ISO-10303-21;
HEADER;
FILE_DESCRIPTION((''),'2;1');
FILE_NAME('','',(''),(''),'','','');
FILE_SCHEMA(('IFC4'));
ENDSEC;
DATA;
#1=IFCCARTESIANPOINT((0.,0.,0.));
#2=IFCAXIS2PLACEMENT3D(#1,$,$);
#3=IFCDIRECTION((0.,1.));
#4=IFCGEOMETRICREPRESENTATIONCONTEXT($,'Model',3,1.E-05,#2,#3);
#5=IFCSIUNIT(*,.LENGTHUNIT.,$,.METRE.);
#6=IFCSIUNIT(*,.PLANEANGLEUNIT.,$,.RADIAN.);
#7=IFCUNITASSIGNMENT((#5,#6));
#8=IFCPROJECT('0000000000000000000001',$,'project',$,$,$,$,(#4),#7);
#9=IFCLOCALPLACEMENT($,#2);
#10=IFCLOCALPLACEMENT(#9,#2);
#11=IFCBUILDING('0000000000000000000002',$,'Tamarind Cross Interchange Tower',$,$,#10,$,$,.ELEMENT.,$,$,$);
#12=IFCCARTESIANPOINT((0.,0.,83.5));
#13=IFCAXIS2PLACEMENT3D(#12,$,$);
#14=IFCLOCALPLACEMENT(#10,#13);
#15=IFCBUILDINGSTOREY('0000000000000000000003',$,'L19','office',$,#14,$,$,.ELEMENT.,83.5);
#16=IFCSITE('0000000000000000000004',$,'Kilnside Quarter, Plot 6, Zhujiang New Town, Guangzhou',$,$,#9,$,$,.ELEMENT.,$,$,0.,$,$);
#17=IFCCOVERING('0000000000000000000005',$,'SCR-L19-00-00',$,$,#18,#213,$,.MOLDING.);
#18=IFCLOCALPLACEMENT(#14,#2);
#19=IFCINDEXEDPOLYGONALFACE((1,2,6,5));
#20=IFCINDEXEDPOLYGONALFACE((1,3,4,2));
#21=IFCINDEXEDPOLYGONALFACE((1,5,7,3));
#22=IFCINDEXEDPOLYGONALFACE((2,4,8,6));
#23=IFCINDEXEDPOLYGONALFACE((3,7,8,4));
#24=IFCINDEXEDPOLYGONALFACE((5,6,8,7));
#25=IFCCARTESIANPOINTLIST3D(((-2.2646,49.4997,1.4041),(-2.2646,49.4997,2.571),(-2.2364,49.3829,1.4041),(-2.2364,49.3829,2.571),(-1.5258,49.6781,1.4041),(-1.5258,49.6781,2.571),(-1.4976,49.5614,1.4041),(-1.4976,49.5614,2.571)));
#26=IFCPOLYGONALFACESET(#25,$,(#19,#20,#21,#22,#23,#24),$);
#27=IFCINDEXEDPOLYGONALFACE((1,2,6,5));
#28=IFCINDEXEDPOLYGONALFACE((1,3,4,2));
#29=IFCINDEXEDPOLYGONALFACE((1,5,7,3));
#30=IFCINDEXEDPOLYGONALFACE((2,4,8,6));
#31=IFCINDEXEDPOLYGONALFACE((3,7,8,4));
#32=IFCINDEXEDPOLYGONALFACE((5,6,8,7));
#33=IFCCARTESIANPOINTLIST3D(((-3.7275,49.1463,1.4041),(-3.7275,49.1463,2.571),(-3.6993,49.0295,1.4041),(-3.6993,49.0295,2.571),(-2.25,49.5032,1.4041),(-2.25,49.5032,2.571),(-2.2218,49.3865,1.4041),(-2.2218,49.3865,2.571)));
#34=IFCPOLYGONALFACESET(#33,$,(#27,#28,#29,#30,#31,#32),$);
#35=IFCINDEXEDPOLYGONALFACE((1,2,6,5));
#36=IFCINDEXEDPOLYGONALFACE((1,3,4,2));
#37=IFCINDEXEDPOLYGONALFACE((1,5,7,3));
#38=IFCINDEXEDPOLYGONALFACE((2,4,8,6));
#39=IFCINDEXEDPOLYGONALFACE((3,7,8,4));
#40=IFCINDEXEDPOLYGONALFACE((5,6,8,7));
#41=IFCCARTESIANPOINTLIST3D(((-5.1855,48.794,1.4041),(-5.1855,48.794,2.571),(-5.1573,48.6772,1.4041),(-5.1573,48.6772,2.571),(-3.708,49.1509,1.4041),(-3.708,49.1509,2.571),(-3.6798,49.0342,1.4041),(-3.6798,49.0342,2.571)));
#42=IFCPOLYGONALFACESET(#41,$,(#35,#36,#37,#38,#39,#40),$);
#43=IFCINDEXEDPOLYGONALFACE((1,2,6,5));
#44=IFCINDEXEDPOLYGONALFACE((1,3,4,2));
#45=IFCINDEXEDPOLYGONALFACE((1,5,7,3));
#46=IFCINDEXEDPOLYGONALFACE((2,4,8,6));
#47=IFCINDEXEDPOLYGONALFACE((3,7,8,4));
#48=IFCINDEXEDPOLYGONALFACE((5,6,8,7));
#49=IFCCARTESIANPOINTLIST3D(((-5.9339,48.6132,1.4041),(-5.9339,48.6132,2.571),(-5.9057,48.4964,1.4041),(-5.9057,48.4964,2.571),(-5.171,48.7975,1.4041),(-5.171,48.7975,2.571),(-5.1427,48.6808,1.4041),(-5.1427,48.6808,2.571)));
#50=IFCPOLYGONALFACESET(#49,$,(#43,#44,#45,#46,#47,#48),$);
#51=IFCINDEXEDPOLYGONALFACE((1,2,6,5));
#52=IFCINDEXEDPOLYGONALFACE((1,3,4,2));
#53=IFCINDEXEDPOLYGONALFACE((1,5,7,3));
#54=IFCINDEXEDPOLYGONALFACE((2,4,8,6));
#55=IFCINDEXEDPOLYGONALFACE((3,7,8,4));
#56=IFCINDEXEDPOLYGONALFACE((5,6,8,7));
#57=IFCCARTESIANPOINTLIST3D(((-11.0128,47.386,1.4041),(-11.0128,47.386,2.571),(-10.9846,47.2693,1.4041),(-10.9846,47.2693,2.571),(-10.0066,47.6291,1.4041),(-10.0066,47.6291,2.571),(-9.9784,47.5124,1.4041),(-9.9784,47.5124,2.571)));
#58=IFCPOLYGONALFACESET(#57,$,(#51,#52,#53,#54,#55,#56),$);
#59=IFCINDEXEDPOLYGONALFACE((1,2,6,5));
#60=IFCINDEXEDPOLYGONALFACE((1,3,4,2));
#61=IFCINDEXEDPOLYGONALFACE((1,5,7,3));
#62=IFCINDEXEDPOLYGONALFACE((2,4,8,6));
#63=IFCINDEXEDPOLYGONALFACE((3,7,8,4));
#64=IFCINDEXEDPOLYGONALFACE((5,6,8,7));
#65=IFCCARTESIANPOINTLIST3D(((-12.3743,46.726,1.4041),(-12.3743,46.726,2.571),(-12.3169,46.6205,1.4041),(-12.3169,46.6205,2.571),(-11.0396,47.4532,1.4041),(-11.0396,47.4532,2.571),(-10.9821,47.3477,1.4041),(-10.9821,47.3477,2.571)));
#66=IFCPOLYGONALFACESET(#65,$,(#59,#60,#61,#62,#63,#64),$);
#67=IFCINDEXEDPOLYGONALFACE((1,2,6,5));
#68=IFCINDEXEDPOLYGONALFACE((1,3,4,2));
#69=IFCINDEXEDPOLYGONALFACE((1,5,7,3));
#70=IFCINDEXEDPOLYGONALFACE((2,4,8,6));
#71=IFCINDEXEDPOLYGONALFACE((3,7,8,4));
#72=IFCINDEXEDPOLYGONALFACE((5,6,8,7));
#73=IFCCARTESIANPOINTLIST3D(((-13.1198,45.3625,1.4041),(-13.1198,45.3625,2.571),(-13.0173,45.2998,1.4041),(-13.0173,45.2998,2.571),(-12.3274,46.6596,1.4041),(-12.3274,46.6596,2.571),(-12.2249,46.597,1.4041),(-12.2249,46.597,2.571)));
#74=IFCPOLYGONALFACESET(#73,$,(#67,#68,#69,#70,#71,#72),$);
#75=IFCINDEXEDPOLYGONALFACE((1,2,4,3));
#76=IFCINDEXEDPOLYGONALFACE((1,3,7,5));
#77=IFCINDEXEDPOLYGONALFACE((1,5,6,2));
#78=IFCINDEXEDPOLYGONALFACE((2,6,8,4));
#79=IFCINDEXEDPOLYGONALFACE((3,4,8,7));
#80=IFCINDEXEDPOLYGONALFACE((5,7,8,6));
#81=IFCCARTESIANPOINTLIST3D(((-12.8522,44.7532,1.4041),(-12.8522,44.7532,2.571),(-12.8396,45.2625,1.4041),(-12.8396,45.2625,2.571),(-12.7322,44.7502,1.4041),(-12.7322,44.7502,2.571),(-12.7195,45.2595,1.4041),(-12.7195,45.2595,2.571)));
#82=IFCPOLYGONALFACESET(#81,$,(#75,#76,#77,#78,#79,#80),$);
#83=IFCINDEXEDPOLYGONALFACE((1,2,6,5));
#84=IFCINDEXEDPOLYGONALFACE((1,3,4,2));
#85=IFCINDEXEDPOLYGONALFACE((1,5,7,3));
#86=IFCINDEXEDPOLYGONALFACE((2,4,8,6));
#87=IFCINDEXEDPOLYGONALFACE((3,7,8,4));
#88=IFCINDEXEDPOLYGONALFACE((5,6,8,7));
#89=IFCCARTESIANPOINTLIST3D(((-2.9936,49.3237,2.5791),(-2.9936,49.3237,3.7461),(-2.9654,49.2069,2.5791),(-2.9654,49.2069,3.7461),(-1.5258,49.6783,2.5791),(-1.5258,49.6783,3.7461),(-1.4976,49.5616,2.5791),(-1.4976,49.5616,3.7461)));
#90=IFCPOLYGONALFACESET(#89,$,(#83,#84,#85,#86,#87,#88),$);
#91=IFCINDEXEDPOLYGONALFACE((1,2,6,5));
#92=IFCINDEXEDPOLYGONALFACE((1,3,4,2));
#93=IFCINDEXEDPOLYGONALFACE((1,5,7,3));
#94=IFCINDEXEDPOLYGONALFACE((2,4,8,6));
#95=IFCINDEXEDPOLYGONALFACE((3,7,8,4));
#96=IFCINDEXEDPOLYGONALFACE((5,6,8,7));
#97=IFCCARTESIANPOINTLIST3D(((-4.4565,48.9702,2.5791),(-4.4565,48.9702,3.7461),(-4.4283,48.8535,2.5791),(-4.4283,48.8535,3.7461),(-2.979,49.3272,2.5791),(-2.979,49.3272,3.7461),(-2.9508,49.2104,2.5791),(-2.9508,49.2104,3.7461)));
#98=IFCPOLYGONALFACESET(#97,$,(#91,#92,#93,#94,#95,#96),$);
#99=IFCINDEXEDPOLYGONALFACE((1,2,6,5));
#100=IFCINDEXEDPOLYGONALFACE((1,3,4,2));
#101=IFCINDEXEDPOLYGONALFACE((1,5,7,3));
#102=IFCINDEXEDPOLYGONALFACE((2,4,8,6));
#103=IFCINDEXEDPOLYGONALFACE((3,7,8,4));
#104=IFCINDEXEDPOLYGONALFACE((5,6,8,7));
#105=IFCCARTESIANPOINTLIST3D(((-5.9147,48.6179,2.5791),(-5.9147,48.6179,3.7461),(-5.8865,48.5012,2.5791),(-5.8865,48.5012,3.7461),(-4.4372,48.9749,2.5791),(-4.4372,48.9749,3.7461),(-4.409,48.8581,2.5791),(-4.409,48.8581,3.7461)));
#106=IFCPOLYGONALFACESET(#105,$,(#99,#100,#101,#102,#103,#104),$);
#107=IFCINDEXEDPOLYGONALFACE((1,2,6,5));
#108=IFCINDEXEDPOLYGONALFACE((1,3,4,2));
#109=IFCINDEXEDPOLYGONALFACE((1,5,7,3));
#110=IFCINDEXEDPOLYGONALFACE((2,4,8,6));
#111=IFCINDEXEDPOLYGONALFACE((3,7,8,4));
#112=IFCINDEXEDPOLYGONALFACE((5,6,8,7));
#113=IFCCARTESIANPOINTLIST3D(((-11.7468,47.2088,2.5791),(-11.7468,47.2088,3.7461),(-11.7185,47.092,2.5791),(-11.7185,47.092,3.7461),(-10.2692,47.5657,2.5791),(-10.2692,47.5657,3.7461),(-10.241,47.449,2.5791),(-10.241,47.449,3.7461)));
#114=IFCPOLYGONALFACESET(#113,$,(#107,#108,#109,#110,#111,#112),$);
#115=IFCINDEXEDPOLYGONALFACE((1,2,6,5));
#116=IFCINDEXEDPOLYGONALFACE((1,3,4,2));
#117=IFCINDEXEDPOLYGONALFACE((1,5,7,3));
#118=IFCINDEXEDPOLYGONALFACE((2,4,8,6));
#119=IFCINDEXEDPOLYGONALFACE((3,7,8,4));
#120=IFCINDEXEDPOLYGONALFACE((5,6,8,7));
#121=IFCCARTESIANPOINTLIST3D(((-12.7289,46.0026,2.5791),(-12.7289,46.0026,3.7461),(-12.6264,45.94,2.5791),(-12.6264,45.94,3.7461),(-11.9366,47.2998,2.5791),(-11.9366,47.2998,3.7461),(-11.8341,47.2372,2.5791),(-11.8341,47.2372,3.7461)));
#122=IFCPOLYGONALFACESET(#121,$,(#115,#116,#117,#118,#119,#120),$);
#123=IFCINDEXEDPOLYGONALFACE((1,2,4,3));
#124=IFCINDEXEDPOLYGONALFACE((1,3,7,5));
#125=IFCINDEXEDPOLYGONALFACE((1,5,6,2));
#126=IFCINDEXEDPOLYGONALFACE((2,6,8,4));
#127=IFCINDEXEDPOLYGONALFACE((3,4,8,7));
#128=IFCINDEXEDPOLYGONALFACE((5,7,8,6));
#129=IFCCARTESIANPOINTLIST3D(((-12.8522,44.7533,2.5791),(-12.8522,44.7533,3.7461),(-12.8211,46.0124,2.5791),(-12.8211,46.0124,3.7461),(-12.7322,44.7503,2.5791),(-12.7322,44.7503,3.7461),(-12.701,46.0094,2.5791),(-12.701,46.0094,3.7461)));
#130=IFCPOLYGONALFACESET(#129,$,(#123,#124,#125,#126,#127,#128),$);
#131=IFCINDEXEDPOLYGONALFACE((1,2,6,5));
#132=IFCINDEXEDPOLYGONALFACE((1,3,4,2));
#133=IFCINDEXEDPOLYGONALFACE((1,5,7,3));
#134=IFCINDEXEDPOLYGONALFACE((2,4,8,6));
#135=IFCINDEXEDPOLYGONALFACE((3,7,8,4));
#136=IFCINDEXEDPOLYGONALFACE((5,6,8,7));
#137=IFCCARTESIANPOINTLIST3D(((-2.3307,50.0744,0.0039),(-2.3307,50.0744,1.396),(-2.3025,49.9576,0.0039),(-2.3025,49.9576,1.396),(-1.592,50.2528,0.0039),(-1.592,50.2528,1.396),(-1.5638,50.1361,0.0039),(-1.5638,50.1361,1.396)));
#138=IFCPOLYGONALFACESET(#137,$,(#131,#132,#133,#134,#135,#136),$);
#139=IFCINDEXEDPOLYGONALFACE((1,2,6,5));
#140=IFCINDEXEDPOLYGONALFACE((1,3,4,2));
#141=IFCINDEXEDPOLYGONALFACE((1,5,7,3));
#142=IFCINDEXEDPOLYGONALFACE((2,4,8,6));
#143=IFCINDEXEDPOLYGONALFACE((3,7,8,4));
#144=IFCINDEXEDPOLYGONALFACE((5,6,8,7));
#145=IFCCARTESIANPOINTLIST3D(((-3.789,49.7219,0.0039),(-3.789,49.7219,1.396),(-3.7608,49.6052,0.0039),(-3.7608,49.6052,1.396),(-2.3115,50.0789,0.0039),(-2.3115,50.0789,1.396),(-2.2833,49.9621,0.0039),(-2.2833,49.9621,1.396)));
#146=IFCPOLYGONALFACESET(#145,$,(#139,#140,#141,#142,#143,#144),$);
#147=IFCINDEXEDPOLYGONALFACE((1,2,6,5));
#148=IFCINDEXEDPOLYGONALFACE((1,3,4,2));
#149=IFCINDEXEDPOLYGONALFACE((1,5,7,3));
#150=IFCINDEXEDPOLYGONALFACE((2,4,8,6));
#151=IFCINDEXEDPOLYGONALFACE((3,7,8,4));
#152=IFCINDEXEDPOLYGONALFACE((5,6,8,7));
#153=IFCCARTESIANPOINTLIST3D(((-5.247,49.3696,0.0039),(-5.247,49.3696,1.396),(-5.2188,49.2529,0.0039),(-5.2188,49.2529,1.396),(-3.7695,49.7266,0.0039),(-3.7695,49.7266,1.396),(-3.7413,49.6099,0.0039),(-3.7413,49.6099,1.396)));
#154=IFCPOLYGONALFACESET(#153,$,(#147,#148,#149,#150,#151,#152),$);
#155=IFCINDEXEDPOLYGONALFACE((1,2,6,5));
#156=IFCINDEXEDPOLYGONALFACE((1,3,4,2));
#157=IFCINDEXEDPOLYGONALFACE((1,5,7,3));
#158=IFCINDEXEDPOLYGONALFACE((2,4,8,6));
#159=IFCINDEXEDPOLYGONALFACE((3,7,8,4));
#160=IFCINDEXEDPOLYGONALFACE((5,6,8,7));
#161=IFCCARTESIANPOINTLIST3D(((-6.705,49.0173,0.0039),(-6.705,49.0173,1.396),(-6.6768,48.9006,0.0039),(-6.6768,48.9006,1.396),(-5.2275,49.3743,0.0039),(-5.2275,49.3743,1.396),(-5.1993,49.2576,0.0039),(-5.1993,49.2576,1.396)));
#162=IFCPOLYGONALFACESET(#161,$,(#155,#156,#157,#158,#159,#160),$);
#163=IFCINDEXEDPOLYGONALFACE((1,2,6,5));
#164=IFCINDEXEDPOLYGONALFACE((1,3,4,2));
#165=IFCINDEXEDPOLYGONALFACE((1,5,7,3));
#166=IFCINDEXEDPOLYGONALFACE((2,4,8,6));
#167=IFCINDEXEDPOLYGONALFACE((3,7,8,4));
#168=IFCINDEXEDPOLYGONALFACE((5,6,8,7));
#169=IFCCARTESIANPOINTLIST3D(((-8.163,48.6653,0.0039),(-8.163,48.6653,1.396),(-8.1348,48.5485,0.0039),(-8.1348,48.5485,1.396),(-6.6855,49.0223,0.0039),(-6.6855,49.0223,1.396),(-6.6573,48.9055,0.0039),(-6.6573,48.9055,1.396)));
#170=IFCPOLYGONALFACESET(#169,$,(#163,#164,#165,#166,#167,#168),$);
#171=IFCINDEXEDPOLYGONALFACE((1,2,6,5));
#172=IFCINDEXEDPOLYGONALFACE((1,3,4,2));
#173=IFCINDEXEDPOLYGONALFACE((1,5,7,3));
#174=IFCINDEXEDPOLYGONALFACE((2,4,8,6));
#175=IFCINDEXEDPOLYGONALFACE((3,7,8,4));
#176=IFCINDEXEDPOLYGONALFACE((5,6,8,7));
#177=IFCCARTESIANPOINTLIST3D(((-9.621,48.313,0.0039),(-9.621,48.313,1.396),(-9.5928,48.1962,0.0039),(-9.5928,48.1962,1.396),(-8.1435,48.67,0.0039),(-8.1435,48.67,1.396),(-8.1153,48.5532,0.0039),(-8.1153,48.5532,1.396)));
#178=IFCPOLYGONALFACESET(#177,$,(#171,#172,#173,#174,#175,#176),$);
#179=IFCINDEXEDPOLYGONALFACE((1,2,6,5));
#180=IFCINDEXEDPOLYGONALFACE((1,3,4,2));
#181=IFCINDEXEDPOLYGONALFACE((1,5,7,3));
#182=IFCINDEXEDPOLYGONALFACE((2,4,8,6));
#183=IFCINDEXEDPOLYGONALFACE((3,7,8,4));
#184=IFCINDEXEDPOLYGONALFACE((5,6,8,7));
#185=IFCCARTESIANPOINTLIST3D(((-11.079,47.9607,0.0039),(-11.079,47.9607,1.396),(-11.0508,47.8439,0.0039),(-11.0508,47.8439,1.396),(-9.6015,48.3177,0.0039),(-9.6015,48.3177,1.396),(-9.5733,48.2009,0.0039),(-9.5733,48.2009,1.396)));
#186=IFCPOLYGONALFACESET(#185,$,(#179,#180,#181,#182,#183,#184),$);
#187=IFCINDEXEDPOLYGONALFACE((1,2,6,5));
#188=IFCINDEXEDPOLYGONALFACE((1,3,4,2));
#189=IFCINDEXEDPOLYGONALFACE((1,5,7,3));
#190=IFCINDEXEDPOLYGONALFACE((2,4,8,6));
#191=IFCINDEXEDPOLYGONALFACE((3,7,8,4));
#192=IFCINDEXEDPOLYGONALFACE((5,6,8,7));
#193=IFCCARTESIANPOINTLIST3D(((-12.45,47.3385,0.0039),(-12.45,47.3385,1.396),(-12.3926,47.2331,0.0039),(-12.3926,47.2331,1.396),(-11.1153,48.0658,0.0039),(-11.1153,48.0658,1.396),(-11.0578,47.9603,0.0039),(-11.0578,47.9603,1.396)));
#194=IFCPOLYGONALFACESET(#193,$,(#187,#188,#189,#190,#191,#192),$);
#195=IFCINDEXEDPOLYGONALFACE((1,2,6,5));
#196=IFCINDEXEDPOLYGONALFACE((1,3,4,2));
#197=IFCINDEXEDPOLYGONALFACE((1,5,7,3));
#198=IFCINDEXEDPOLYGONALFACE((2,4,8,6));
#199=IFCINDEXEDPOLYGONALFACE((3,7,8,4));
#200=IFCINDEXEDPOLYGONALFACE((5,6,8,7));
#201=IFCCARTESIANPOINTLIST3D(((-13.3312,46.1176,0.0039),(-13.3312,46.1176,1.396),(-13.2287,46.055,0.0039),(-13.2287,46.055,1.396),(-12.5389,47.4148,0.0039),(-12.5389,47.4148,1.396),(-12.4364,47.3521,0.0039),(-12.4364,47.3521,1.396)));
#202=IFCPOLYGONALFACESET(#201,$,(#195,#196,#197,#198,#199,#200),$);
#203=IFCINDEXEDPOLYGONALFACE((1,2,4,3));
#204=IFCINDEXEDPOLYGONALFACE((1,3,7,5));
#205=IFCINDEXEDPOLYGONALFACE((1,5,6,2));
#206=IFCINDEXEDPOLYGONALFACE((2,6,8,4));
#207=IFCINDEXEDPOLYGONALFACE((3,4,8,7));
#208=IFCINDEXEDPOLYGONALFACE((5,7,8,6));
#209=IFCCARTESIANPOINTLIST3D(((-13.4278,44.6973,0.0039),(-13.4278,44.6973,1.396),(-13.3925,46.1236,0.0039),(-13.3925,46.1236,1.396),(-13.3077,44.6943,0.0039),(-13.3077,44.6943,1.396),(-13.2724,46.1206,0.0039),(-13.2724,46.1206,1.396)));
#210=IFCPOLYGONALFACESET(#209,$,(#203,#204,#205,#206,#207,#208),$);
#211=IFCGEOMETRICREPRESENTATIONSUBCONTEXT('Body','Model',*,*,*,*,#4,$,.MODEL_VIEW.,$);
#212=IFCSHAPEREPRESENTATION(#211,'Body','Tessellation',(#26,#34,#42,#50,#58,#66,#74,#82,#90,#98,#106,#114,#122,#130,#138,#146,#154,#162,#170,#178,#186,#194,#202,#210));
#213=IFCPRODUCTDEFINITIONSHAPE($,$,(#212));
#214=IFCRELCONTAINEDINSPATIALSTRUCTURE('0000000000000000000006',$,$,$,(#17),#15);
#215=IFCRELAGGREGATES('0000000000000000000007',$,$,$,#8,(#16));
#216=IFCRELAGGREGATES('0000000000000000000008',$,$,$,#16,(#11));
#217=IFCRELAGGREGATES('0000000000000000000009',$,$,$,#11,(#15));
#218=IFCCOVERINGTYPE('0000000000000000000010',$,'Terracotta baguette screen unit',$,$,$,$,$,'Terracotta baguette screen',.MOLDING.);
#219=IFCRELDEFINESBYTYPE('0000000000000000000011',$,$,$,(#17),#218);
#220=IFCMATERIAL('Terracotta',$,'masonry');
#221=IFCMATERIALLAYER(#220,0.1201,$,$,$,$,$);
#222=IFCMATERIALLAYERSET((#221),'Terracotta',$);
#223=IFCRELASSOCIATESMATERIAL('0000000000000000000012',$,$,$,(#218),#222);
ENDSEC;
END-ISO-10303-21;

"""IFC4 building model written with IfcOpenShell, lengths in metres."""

from ifc_helpers import new_model, si_unit, direction, frame, origin, origin_2d, place, context, subcontext, project, spatial, rectangle, extrude, material, layer, layer_set, type_object, element, save


model = new_model("IFC4")

# Units and contexts
model_context = context("Model", 3, precision=1e-05, world=origin(), true_north=direction((0.0, 1.0)))
body_context = subcontext(model_context, "Body", "Model", "MODEL_VIEW")
ifc_project = project(units=[si_unit("LENGTHUNIT", "METRE"), si_unit("PLANEANGLEUNIT", "RADIAN")], contexts=[model_context])

# Site, building, storey
site_placement = place(None, origin())
site = spatial("IfcSite", under=ifc_project, at=site_placement, Name="Kilnside Quarter, Plot 6, Zhujiang New Town, Guangzhou", CompositionType="ELEMENT", RefElevation=0.0)
building_placement = place(site_placement, origin())
building = spatial("IfcBuilding", under=site, at=building_placement, Name="Tamarind Cross Interchange Tower", CompositionType="ELEMENT")
storey_placement = place(building_placement, frame((0.0, 0.0, 83.5)))
storey = spatial("IfcBuildingStorey", under=building, at=storey_placement, Name="L19", Description="office", CompositionType="ELEMENT", Elevation=83.5)

# Covering
ifc_material_1 = material(Name="Terracotta", Category="masonry")
ifc_layer_1 = layer(ifc_material_1, 0.1201)
ifc_layer_set_1 = layer_set([ifc_layer_1], Name="Terracotta")
covering_type = type_object("IfcCoveringType", Name="Terracotta baguette screen unit", ElementType="Terracotta baguette screen", PredefinedType="MOLDING", material=ifc_layer_set_1)
covering_1_placement = place(storey_placement, origin())
element("IfcCovering", 1, at=covering_1_placement, inside=storey, type_object=covering_type, Name="SCR-L19-00-00", PredefinedType="MOLDING", context=body_context, shape_type="SweptSolid", body=[
    extrude(rectangle(XDim=0.76, YDim=0.1201, at=origin_2d()), frame((-1.8811, 49.5305, 1.4041), z_axis=(0.0, 0.0, 1.0), x_axis=(-0.972033, -0.234844, 0.0)), (0.0, 0.0, 1.0), 1.167),
    extrude(rectangle(XDim=1.52, YDim=0.1201, at=origin_2d()), frame((-2.9746, 49.2664, 1.4041), z_axis=(0.0, 0.0, 1.0), x_axis=(-0.972033, -0.234844, 0.0)), (0.0, 0.0, 1.0), 1.167),
    extrude(rectangle(XDim=1.52, YDim=0.1201, at=origin_2d()), frame((-4.4326, 48.9141, 1.4041), z_axis=(0.0, 0.0, 1.0), x_axis=(-0.972033, -0.234844, 0.0)), (0.0, 0.0, 1.0), 1.167),
    extrude(rectangle(XDim=0.7849, YDim=0.1201, at=origin_2d()), frame((-5.5383, 48.647, 1.4041), z_axis=(0.0, 0.0, 1.0), x_axis=(-0.972033, -0.234844, 0.0)), (0.0, 0.0, 1.0), 1.167),
    extrude(rectangle(XDim=1.0352, YDim=0.1201, at=origin_2d()), frame((-10.4956, 47.4492, 1.4041), z_axis=(0.0, 0.0, 1.0), x_axis=(-0.972033, -0.234844, 0.0)), (0.0, 0.0, 1.0), 1.167),
    extrude(rectangle(XDim=1.52, YDim=0.1201, at=origin_2d()), frame((-11.6782, 47.0369, 1.4041), z_axis=(0.0, 0.0, 1.0), x_axis=(-0.87813, -0.478422, 0.0)), (0.0, 0.0, 1.0), 1.167),
    extrude(rectangle(XDim=1.52, YDim=0.1201, at=origin_2d()), frame((-12.6724, 45.9797, 1.4041), z_axis=(0.0, 0.0, 1.0), x_axis=(-0.521272, -0.853391, 0.0)), (0.0, 0.0, 1.0), 1.167),
    extrude(rectangle(XDim=0.5095, YDim=0.1201, at=origin_2d()), frame((-12.7859, 45.0063, 1.4041), z_axis=(0.0, 0.0, 1.0), x_axis=(-0.024739, -0.999694, 0.0)), (0.0, 0.0, 1.0), 1.167),
    extrude(rectangle(XDim=1.51, YDim=0.1201, at=origin_2d()), frame((-2.2456, 49.4426, 2.5791), z_axis=(0.0, 0.0, 1.0), x_axis=(-0.972033, -0.234844, 0.0)), (0.0, 0.0, 1.0), 1.167),
    extrude(rectangle(XDim=1.52, YDim=0.1201, at=origin_2d()), frame((-3.7036, 49.0903, 2.5791), z_axis=(0.0, 0.0, 1.0), x_axis=(-0.972033, -0.234844, 0.0)), (0.0, 0.0, 1.0), 1.167),
    extrude(rectangle(XDim=1.52, YDim=0.1201, at=origin_2d()), frame((-5.1619, 48.738, 2.5791), z_axis=(0.0, 0.0, 1.0), x_axis=(-0.972033, -0.234844, 0.0)), (0.0, 0.0, 1.0), 1.167),
    extrude(rectangle(XDim=1.52, YDim=0.1201, at=origin_2d()), frame((-10.9939, 47.3289, 2.5791), z_axis=(0.0, 0.0, 1.0), x_axis=(-0.972033, -0.234844, 0.0)), (0.0, 0.0, 1.0), 1.167),
    extrude(rectangle(XDim=1.52, YDim=0.1201, at=origin_2d()), frame((-12.2815, 46.6199, 2.5791), z_axis=(0.0, 0.0, 1.0), x_axis=(-0.521272, -0.853391, 0.0)), (0.0, 0.0, 1.0), 1.167),
    extrude(rectangle(XDim=1.2595, YDim=0.1201, at=origin_2d()), frame((-12.7766, 45.3813, 2.5791), z_axis=(0.0, 0.0, 1.0), x_axis=(-0.024739, -0.999694, 0.0)), (0.0, 0.0, 1.0), 1.167),
    extrude(rectangle(XDim=0.76, YDim=0.1201, at=origin_2d()), frame((-1.9473, 50.1052, 0.0039), z_axis=(0.0, 0.0, 1.0), x_axis=(-0.972033, -0.234844, 0.0)), (0.0, 0.0, 1.0), 1.3921),
    extrude(rectangle(XDim=1.52, YDim=0.1201, at=origin_2d()), frame((-3.0361, 49.842, 0.0039), z_axis=(0.0, 0.0, 1.0), x_axis=(-0.972033, -0.234844, 0.0)), (0.0, 0.0, 1.0), 1.3921),
    extrude(rectangle(XDim=1.52, YDim=0.1201, at=origin_2d()), frame((-4.4941, 49.4897, 0.0039), z_axis=(0.0, 0.0, 1.0), x_axis=(-0.972033, -0.234844, 0.0)), (0.0, 0.0, 1.0), 1.3921),
    extrude(rectangle(XDim=1.52, YDim=0.1201, at=origin_2d()), frame((-5.9521, 49.1375, 0.0039), z_axis=(0.0, 0.0, 1.0), x_axis=(-0.972033, -0.234844, 0.0)), (0.0, 0.0, 1.0), 1.3921),
    extrude(rectangle(XDim=1.52, YDim=0.1201, at=origin_2d()), frame((-7.4102, 48.7854, 0.0039), z_axis=(0.0, 0.0, 1.0), x_axis=(-0.972033, -0.234844, 0.0)), (0.0, 0.0, 1.0), 1.3921),
    extrude(rectangle(XDim=1.52, YDim=0.1201, at=origin_2d()), frame((-8.8682, 48.4331, 0.0039), z_axis=(0.0, 0.0, 1.0), x_axis=(-0.972033, -0.234844, 0.0)), (0.0, 0.0, 1.0), 1.3921),
    extrude(rectangle(XDim=1.52, YDim=0.1201, at=origin_2d()), frame((-10.3262, 48.0808, 0.0039), z_axis=(0.0, 0.0, 1.0), x_axis=(-0.972033, -0.234844, 0.0)), (0.0, 0.0, 1.0), 1.3921),
    extrude(rectangle(XDim=1.52, YDim=0.1201, at=origin_2d()), frame((-11.7539, 47.6494, 0.0039), z_axis=(0.0, 0.0, 1.0), x_axis=(-0.87813, -0.478422, 0.0)), (0.0, 0.0, 1.0), 1.3921),
    extrude(rectangle(XDim=1.52, YDim=0.1201, at=origin_2d()), frame((-12.8838, 46.7349, 0.0039), z_axis=(0.0, 0.0, 1.0), x_axis=(-0.521272, -0.853391, 0.0)), (0.0, 0.0, 1.0), 1.3921),
    extrude(rectangle(XDim=1.4268, YDim=0.1201, at=origin_2d()), frame((-13.3501, 45.4089, 0.0039), z_axis=(0.0, 0.0, 1.0), x_axis=(-0.024739, -0.999694, 0.0)), (0.0, 0.0, 1.0), 1.3921),
])

save(model, "model.ifc")
